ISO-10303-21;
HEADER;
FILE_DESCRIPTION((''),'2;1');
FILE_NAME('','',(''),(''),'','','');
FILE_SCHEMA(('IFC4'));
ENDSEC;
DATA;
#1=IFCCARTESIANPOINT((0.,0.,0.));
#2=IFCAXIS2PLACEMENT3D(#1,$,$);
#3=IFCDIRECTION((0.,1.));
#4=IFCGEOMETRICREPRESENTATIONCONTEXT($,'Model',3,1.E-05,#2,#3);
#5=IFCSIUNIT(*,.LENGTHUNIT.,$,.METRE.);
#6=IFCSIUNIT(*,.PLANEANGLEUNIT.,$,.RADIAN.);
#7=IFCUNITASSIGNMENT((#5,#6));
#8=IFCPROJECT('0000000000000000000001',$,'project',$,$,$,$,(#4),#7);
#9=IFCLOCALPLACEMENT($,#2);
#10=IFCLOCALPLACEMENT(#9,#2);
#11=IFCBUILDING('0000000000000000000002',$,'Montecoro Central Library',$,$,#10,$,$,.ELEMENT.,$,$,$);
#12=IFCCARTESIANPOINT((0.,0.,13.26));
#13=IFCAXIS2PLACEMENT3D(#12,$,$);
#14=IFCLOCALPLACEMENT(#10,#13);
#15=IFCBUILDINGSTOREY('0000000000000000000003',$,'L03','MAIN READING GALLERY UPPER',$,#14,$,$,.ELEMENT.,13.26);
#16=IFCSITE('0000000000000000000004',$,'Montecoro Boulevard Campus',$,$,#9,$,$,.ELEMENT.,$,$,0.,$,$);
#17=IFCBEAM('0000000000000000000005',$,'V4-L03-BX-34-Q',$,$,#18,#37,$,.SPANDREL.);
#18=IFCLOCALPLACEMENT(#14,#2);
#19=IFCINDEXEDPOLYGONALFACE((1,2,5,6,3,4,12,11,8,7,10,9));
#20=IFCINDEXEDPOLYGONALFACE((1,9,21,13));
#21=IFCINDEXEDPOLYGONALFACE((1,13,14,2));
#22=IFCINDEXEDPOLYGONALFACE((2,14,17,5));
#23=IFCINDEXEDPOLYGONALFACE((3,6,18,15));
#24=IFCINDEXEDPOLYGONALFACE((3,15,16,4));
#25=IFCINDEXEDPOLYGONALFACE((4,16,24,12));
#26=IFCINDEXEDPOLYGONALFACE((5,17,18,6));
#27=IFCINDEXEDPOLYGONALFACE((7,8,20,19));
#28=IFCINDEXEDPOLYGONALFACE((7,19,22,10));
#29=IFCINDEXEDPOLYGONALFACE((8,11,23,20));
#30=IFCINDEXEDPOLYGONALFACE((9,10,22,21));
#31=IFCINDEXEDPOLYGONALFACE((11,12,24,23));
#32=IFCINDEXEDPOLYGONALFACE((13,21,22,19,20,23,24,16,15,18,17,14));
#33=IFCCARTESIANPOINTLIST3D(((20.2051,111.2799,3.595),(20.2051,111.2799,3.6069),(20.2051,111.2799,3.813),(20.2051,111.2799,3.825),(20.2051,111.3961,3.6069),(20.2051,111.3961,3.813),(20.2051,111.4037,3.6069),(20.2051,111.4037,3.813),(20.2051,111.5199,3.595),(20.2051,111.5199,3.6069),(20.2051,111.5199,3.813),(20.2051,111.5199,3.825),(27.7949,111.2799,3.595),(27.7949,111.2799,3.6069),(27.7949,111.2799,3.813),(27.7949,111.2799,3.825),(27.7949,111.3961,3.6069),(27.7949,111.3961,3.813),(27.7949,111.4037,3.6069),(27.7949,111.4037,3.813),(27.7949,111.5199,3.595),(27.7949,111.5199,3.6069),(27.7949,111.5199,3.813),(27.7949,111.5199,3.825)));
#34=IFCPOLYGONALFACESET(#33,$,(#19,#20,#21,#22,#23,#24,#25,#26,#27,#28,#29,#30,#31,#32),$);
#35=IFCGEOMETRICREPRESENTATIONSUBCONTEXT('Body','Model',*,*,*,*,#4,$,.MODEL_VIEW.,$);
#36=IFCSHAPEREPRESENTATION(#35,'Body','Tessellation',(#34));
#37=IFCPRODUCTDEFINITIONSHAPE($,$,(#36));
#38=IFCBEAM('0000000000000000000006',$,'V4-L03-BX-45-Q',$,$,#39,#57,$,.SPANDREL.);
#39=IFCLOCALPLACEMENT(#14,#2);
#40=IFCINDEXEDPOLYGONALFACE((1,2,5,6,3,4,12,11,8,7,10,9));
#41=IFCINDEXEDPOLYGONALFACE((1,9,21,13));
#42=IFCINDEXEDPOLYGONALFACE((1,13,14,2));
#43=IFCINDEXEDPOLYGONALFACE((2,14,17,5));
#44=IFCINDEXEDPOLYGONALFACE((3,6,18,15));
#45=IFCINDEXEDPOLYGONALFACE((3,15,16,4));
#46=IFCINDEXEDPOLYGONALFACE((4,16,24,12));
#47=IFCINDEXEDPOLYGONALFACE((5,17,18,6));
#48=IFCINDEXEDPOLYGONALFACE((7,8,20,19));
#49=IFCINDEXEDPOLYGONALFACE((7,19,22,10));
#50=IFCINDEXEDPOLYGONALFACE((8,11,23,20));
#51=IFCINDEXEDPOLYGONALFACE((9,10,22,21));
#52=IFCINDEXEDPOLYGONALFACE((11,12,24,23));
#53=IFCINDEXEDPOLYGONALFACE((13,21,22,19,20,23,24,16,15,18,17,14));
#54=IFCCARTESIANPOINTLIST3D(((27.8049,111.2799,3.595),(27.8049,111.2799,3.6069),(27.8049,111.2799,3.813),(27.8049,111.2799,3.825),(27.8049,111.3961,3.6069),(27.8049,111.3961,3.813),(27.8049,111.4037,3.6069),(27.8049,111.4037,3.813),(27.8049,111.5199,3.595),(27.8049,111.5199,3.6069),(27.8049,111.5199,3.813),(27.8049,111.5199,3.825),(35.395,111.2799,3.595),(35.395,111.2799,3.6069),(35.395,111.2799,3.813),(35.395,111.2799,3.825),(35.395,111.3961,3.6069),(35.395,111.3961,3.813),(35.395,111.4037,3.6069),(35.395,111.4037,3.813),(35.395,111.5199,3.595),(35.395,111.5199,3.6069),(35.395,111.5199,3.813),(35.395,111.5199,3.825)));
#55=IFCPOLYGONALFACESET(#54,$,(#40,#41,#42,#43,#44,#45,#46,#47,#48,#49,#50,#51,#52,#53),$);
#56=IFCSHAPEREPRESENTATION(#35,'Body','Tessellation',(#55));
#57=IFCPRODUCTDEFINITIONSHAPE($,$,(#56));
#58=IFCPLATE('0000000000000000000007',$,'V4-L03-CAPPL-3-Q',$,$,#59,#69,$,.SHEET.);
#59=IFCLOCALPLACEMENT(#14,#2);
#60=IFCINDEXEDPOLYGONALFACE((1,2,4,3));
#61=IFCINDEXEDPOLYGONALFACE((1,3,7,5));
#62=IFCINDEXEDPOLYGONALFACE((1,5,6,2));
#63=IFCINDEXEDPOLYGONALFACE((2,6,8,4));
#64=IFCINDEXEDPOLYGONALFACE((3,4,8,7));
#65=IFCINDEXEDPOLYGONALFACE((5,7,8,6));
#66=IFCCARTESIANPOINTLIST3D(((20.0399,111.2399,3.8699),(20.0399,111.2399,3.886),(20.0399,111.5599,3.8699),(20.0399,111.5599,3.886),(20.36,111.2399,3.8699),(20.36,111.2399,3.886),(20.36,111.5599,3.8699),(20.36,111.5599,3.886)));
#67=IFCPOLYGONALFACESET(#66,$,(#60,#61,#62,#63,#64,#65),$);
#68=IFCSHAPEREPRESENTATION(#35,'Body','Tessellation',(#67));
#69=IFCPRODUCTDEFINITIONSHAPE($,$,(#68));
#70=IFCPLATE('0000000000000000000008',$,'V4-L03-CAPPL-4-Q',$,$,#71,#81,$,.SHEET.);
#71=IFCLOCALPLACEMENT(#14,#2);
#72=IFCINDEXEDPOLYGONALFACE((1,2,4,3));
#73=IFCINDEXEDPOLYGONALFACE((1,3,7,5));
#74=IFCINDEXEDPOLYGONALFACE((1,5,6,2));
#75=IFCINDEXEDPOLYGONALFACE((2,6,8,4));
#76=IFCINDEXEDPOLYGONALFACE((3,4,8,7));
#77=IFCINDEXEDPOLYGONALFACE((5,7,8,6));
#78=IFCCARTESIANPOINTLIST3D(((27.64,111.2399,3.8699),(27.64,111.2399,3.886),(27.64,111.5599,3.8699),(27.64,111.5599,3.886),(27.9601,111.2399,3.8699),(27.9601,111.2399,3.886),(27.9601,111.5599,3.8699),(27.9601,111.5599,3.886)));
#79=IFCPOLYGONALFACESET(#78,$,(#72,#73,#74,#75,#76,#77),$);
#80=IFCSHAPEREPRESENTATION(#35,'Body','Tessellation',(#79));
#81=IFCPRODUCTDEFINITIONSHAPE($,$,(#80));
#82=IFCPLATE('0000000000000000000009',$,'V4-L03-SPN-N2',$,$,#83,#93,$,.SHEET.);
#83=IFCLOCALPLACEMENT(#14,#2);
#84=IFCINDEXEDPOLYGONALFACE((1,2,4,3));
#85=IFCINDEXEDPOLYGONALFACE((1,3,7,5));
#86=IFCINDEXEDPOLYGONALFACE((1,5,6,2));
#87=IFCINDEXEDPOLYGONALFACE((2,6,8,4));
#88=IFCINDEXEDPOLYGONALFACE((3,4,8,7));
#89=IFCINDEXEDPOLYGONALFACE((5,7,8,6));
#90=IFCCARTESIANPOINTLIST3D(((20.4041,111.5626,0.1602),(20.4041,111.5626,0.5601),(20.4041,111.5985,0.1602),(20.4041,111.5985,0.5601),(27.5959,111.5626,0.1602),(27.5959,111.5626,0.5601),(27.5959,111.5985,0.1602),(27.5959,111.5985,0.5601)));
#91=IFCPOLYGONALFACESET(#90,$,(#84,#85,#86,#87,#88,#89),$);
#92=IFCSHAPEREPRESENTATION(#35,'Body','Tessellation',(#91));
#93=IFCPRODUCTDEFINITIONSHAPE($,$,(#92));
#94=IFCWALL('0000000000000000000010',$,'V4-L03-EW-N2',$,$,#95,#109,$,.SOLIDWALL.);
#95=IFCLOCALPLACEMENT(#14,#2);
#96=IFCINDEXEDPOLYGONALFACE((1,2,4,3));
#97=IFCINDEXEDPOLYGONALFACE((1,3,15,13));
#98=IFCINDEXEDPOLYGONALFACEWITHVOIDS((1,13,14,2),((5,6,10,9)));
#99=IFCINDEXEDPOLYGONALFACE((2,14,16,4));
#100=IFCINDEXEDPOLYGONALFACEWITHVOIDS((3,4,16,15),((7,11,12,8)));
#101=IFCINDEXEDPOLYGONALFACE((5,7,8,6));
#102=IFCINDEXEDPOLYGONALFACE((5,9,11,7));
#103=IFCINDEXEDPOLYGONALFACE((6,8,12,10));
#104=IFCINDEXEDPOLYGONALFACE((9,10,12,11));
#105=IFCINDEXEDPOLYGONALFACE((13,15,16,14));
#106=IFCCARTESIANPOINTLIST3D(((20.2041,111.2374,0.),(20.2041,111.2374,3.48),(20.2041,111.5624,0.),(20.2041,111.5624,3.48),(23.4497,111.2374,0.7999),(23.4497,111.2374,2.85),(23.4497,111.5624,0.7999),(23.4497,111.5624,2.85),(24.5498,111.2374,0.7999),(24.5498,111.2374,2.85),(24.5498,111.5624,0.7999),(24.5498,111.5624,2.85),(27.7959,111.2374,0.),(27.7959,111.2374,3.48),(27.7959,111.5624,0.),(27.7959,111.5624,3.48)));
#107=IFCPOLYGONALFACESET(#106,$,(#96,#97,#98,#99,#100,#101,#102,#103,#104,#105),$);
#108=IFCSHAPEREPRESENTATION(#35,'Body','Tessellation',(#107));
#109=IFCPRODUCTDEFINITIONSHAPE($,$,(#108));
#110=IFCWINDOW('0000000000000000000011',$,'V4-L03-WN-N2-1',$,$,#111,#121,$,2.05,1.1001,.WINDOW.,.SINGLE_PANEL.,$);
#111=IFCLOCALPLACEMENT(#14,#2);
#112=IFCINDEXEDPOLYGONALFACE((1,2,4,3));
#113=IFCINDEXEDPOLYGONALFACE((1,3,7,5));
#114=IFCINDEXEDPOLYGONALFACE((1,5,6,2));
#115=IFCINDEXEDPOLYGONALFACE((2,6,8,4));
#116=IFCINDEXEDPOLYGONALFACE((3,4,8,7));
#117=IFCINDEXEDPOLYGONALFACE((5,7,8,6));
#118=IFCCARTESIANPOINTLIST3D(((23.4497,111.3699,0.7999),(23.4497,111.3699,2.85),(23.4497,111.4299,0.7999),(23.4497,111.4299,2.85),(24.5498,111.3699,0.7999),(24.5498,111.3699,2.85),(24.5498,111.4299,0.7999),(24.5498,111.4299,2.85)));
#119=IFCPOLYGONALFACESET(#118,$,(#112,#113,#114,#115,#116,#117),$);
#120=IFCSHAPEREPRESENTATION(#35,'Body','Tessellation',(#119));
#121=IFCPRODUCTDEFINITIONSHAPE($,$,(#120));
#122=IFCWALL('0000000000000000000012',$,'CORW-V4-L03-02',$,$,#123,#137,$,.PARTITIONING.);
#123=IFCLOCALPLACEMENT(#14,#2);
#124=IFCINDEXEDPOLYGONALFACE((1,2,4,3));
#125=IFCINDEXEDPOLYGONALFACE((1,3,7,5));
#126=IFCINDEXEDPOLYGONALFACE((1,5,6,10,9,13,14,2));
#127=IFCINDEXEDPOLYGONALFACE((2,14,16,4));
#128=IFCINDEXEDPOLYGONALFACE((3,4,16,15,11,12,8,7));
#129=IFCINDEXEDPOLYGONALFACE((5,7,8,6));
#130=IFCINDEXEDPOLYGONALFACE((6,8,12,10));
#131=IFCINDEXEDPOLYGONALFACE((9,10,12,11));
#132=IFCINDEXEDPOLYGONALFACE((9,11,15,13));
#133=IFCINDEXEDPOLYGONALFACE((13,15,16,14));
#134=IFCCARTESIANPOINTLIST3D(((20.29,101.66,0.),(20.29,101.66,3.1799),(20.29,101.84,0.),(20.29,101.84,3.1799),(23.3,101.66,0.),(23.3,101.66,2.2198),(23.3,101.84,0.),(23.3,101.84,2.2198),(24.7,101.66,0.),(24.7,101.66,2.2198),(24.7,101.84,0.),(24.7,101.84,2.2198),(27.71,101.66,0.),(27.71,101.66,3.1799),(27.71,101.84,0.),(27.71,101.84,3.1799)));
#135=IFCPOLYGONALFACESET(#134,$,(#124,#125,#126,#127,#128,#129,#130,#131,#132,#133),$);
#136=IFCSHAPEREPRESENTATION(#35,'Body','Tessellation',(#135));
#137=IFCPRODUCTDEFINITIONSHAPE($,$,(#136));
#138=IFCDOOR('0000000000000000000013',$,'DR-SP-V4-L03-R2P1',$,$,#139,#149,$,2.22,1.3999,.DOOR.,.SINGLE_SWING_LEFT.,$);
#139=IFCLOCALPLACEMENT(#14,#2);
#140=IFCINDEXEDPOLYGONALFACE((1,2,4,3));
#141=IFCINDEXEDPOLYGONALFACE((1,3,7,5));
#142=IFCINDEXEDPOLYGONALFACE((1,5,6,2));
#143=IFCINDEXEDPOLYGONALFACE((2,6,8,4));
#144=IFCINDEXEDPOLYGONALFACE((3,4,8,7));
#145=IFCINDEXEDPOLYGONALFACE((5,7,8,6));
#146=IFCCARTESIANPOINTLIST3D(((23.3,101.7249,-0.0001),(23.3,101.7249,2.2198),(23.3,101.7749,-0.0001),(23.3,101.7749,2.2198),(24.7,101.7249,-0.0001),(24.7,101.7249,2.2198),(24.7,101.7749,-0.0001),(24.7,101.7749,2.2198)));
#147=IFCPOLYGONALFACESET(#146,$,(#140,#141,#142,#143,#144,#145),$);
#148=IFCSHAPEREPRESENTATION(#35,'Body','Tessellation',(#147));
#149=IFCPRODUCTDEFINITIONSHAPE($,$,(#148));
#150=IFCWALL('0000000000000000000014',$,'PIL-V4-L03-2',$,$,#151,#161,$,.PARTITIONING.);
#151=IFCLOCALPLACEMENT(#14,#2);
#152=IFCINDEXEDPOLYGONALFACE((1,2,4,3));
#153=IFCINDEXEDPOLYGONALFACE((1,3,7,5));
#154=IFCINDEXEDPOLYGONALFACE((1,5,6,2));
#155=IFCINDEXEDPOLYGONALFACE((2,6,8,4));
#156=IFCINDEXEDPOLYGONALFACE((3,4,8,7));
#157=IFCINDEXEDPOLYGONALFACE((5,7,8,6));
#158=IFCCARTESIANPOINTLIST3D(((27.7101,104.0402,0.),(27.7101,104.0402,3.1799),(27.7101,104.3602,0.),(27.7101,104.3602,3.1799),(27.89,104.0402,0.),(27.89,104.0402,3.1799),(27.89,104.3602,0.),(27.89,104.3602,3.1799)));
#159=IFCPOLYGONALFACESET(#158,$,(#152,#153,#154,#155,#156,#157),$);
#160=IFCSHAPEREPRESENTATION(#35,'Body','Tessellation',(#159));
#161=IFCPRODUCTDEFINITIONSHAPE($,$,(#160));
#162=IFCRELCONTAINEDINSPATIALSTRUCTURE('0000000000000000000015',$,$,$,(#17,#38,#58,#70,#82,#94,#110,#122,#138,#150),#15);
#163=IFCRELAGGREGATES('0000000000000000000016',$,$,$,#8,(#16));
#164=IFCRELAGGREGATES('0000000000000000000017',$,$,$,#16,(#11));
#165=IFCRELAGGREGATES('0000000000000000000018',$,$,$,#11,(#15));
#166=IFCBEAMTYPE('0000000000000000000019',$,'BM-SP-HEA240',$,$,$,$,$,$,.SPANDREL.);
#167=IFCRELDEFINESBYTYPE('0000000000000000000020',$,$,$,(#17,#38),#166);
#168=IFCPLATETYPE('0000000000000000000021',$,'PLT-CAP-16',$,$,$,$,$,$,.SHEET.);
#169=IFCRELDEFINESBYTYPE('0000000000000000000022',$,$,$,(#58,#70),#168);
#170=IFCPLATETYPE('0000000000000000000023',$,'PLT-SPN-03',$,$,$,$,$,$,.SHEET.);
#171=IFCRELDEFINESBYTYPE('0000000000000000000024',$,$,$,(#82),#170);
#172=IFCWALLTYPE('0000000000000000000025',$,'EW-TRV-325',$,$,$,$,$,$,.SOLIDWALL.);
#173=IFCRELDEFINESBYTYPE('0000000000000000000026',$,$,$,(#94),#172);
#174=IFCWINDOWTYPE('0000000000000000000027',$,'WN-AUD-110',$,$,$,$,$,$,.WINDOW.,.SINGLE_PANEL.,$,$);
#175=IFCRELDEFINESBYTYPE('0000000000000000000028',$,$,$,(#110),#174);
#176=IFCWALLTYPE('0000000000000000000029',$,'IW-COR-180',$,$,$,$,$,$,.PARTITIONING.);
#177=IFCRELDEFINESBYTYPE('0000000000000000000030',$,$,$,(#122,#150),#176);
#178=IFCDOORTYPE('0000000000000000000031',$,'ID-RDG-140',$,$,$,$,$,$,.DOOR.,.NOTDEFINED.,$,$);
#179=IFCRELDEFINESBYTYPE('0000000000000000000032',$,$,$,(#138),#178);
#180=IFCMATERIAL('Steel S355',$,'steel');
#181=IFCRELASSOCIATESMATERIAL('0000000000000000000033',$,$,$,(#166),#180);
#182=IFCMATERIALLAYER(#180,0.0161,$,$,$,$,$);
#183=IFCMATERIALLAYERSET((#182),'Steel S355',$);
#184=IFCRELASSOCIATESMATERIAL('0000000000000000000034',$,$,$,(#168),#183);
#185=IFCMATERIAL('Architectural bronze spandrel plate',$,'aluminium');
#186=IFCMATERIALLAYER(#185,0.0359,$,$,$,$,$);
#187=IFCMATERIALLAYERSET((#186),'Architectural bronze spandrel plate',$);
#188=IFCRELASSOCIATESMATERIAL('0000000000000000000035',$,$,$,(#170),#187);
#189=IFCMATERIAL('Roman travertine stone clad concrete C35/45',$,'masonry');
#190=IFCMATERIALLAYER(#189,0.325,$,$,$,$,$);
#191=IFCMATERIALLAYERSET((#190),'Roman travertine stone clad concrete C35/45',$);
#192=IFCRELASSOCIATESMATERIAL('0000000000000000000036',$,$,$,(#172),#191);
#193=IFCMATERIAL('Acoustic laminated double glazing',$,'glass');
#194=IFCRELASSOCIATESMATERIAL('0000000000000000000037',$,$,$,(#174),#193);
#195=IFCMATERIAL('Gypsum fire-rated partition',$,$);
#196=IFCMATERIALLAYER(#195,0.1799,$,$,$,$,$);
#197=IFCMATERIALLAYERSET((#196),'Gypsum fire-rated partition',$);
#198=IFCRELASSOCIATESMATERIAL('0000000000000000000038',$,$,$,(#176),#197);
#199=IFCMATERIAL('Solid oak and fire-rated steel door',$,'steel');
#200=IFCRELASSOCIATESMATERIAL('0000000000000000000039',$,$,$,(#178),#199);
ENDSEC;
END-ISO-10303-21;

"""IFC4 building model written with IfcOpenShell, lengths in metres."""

from ifc_helpers import new_model, si_unit, direction, frame, frame_2d, origin, origin_2d, place, context, subcontext, project, spatial, rectangle, i_section, extrude, material, layer, layer_set, material_profile, profile_set, type_object, element, fill, save


model = new_model("IFC4")

# Units and contexts
model_context = context("Model", 3, precision=1e-05, world=origin(), true_north=direction((0.0, 1.0)))
body_context = subcontext(model_context, "Body", "Model", "MODEL_VIEW")
ifc_project = project(units=[si_unit("LENGTHUNIT", "METRE"), si_unit("PLANEANGLEUNIT", "RADIAN")], contexts=[model_context])

# Site, building, storey
site_placement = place(None, origin())
site = spatial("IfcSite", under=ifc_project, at=site_placement, Name="Montecoro Boulevard Campus", CompositionType="ELEMENT", RefElevation=0.0)
building_placement = place(site_placement, origin())
building = spatial("IfcBuilding", under=site, at=building_placement, Name="Montecoro Central Library", CompositionType="ELEMENT")
storey_placement = place(building_placement, frame((0.0, 0.0, 13.26)))
storey = spatial("IfcBuildingStorey", under=building, at=storey_placement, Name="L03", Description="MAIN READING GALLERY UPPER", CompositionType="ELEMENT", Elevation=13.26)

# Shared definitions
ifc_material_1 = material(Name="Steel S355", Category="steel")

# Beams
ifc_material_profile_1 = material_profile(ifc_material_1, i_section(OverallWidth=0.24, OverallDepth=0.23, WebThickness=0.0076, FlangeThickness=0.012, at=origin_2d()), Name="HEA 240")
ifc_profile_set_1 = profile_set([ifc_material_profile_1], Name="Steel S355")
beam_type_1 = type_object("IfcBeamType", Name="BM-SP-HEA240", PredefinedType="SPANDREL", material=ifc_profile_set_1)
beam_1_placement = place(storey_placement, frame((20.2051, 111.3999, 3.71), z_axis=(1.0, 0.0, 0.0), x_axis=(0.0, 1.0, 0.0)))
element("IfcBeam", 1, at=beam_1_placement, inside=storey, type_object=beam_type_1, Name="V4-L03-BX-34-Q", PredefinedType="SPANDREL", context=body_context, shape_type="SweptSolid", body=[
    extrude(i_section(OverallWidth=0.24, OverallDepth=0.23, WebThickness=0.0076, FlangeThickness=0.012, at=origin_2d()), origin(), (0.0, 0.0, 1.0), 7.5898),
])
beam_2_placement = place(storey_placement, frame((27.8049, 111.3999, 3.71), z_axis=(1.0, 0.0, 0.0), x_axis=(0.0, 1.0, 0.0)))
element("IfcBeam", 2, at=beam_2_placement, inside=storey, type_object=beam_type_1, Name="V4-L03-BX-45-Q", PredefinedType="SPANDREL", context=body_context, shape_type="SweptSolid", body=[
    extrude(i_section(OverallWidth=0.24, OverallDepth=0.23, WebThickness=0.0076, FlangeThickness=0.012, at=origin_2d()), origin(), (0.0, 0.0, 1.0), 7.5901),
])

# Plates
ifc_layer_1 = layer(ifc_material_1, 0.0161)
ifc_layer_set_1 = layer_set([ifc_layer_1], Name="Steel S355")
plate_type_1 = type_object("IfcPlateType", Name="PLT-CAP-16", PredefinedType="SHEET", material=ifc_layer_set_1)
for number, where, z_axis, x_axis, name in (
    (3, (20.2, 111.3999, 3.8699), (0.0, 0.0, 1.0), (1.0, 0.0, 0.0), "V4-L03-CAPPL-3-Q"),
    (4, (27.8, 111.3999, 3.8699), (0.0, 0.0, 1.0), (1.0, 0.0, 0.0), "V4-L03-CAPPL-4-Q"),
):
    element("IfcPlate", number, at=place(storey_placement, frame(where, z_axis=z_axis, x_axis=x_axis)), inside=storey, type_object=plate_type_1, Name=name, PredefinedType="SHEET", context=body_context, shape_type="SweptSolid", body=[
        extrude(rectangle(XDim=0.3201, YDim=0.3201, at=origin_2d()), origin(), (0.0, 0.0, 1.0), 0.0161),
    ])
ifc_material_2 = material(Name="Architectural bronze spandrel plate", Category="aluminium")
ifc_layer_2 = layer(ifc_material_2, 0.0359)
ifc_layer_set_2 = layer_set([ifc_layer_2], Name="Architectural bronze spandrel plate")
plate_type_2 = type_object("IfcPlateType", Name="PLT-SPN-03", PredefinedType="SHEET", material=ifc_layer_set_2)
plate_placement = place(storey_placement, frame((24.0, 111.5806, 0.1602), z_axis=(0.0, 0.0, 1.0), x_axis=(-1.0, 0.0, 0.0)))
element("IfcPlate", 5, at=plate_placement, inside=storey, type_object=plate_type_2, Name="V4-L03-SPN-N2", PredefinedType="SHEET", context=body_context, shape_type="SweptSolid", body=[
    extrude(rectangle(XDim=7.1919, YDim=0.0359, at=origin_2d()), origin(), (0.0, 0.0, 1.0), 0.3999),
])

# Wall, opening, window
ifc_material_3 = material(Name="Roman travertine stone clad concrete C35/45", Category="masonry")
ifc_layer_3 = layer(ifc_material_3, 0.325)
ifc_layer_set_3 = layer_set([ifc_layer_3], Name="Roman travertine stone clad concrete C35/45")
wall_type_1 = type_object("IfcWallType", Name="EW-TRV-325", PredefinedType="SOLIDWALL", material=ifc_layer_set_3)
wall_1_placement = place(storey_placement, frame((27.7959, 111.3999, 0.0), z_axis=(0.0, 0.0, 1.0), x_axis=(-1.0, 0.0, 0.0)))
wall_1 = element("IfcWall", 6, at=wall_1_placement, inside=storey, type_object=wall_type_1, Name="V4-L03-EW-N2", PredefinedType="SOLIDWALL", context=body_context, shape_type="SweptSolid", body=[
    extrude(rectangle(XDim=7.5918, YDim=0.325, at=frame_2d((3.7959, 0.0))), origin(), (0.0, 0.0, 1.0), 3.48),
])
opening_1_placement = place(wall_1_placement, frame((3.2461, 0.0, 0.8)))
opening_1 = element("IfcOpeningElement", 7, at=opening_1_placement, cuts=wall_1, PredefinedType="OPENING", context=body_context, shape_type="SweptSolid", body=[
    extrude(rectangle(XDim=1.1001, YDim=2.05, at=frame_2d((0.55, 1.0249))), frame((0.0, 0.1724, 0.0), z_axis=(0.0, -1.0, 0.0), x_axis=(1.0, 0.0, 0.0)), (0.0, 0.0, 1.0), 0.345),
])
ifc_material_4 = material(Name="Acoustic laminated double glazing", Category="glass")
window_type = type_object("IfcWindowType", Name="WN-AUD-110", PartitioningType="SINGLE_PANEL", PredefinedType="WINDOW", material=ifc_material_4)
window_placement = place(opening_1_placement, origin())
window = element("IfcWindow", 8, at=window_placement, inside=storey, type_object=window_type, Name="V4-L03-WN-N2-1", OverallHeight=2.05, OverallWidth=1.1001, PartitioningType="SINGLE_PANEL", PredefinedType="WINDOW", context=body_context, shape_type="SweptSolid", body=[
    extrude(rectangle(XDim=1.1001, YDim=2.05, at=frame_2d((0.55, 1.0249))), frame((0.0, 0.03, 0.0), z_axis=(0.0, -1.0, 0.0), x_axis=(1.0, 0.0, 0.0)), (0.0, 0.0, 1.0), 0.0601),
])
fill(opening_1, window)

# Wall, opening, door
ifc_material_5 = material(Name="Gypsum fire-rated partition")
ifc_layer_4 = layer(ifc_material_5, 0.1799)
ifc_layer_set_4 = layer_set([ifc_layer_4], Name="Gypsum fire-rated partition")
wall_type_2 = type_object("IfcWallType", Name="IW-COR-180", PredefinedType="PARTITIONING", material=ifc_layer_set_4)
wall_2_placement = place(storey_placement, frame((20.29, 101.75, 0.0), z_axis=(0.0, 0.0, 1.0), x_axis=(1.0, 0.0, 0.0)))
wall_2 = element("IfcWall", 9, at=wall_2_placement, inside=storey, type_object=wall_type_2, Name="CORW-V4-L03-02", PredefinedType="PARTITIONING", context=body_context, shape_type="SweptSolid", body=[
    extrude(rectangle(XDim=7.4199, YDim=0.1799, at=frame_2d((3.71, 0.0))), origin(), (0.0, 0.0, 1.0), 3.1799),
])
opening_2_placement = place(wall_2_placement, frame((3.01, 0.0, 0.0)))
opening_2 = element("IfcOpeningElement", 10, at=opening_2_placement, cuts=wall_2, PredefinedType="OPENING", context=body_context, shape_type="SweptSolid", body=[
    extrude(rectangle(XDim=1.3999, YDim=2.22, at=frame_2d((0.7, 1.1099))), frame((0.0, 0.0999, 0.0), z_axis=(0.0, -1.0, 0.0), x_axis=(1.0, 0.0, 0.0)), (0.0, 0.0, 1.0), 0.2),
])
ifc_material_6 = material(Name="Solid oak and fire-rated steel door", Category="steel")
door_type = type_object("IfcDoorType", Name="ID-RDG-140", OperationType="NOTDEFINED", PredefinedType="DOOR", material=ifc_material_6)
door_placement = place(opening_2_placement, origin())
door = element("IfcDoor", 11, at=door_placement, inside=storey, type_object=door_type, Name="DR-SP-V4-L03-R2P1", OperationType="SINGLE_SWING_LEFT", OverallHeight=2.22, OverallWidth=1.3999, PredefinedType="DOOR", context=body_context, shape_type="SweptSolid", body=[
    extrude(rectangle(XDim=1.3999, YDim=2.22, at=frame_2d((0.7, 1.1099))), frame((0.0, 0.0249, 0.0), z_axis=(0.0, -1.0, 0.0), x_axis=(1.0, 0.0, 0.0)), (0.0, 0.0, 1.0), 0.05),
])
fill(opening_2, door)

# Wall
wall_3_placement = place(storey_placement, frame((27.8, 104.04, 0.0), z_axis=(0.0, 0.0, 1.0), x_axis=(0.0, 1.0, 0.0)))
element("IfcWall", 12, at=wall_3_placement, inside=storey, type_object=wall_type_2, Name="PIL-V4-L03-2", PredefinedType="PARTITIONING", context=body_context, shape_type="SweptSolid", body=[
    extrude(rectangle(XDim=0.3201, YDim=0.1799, at=frame_2d((0.1602, 0.0))), origin(), (0.0, 0.0, 1.0), 3.1799),
])

save(model, "model.ifc")
